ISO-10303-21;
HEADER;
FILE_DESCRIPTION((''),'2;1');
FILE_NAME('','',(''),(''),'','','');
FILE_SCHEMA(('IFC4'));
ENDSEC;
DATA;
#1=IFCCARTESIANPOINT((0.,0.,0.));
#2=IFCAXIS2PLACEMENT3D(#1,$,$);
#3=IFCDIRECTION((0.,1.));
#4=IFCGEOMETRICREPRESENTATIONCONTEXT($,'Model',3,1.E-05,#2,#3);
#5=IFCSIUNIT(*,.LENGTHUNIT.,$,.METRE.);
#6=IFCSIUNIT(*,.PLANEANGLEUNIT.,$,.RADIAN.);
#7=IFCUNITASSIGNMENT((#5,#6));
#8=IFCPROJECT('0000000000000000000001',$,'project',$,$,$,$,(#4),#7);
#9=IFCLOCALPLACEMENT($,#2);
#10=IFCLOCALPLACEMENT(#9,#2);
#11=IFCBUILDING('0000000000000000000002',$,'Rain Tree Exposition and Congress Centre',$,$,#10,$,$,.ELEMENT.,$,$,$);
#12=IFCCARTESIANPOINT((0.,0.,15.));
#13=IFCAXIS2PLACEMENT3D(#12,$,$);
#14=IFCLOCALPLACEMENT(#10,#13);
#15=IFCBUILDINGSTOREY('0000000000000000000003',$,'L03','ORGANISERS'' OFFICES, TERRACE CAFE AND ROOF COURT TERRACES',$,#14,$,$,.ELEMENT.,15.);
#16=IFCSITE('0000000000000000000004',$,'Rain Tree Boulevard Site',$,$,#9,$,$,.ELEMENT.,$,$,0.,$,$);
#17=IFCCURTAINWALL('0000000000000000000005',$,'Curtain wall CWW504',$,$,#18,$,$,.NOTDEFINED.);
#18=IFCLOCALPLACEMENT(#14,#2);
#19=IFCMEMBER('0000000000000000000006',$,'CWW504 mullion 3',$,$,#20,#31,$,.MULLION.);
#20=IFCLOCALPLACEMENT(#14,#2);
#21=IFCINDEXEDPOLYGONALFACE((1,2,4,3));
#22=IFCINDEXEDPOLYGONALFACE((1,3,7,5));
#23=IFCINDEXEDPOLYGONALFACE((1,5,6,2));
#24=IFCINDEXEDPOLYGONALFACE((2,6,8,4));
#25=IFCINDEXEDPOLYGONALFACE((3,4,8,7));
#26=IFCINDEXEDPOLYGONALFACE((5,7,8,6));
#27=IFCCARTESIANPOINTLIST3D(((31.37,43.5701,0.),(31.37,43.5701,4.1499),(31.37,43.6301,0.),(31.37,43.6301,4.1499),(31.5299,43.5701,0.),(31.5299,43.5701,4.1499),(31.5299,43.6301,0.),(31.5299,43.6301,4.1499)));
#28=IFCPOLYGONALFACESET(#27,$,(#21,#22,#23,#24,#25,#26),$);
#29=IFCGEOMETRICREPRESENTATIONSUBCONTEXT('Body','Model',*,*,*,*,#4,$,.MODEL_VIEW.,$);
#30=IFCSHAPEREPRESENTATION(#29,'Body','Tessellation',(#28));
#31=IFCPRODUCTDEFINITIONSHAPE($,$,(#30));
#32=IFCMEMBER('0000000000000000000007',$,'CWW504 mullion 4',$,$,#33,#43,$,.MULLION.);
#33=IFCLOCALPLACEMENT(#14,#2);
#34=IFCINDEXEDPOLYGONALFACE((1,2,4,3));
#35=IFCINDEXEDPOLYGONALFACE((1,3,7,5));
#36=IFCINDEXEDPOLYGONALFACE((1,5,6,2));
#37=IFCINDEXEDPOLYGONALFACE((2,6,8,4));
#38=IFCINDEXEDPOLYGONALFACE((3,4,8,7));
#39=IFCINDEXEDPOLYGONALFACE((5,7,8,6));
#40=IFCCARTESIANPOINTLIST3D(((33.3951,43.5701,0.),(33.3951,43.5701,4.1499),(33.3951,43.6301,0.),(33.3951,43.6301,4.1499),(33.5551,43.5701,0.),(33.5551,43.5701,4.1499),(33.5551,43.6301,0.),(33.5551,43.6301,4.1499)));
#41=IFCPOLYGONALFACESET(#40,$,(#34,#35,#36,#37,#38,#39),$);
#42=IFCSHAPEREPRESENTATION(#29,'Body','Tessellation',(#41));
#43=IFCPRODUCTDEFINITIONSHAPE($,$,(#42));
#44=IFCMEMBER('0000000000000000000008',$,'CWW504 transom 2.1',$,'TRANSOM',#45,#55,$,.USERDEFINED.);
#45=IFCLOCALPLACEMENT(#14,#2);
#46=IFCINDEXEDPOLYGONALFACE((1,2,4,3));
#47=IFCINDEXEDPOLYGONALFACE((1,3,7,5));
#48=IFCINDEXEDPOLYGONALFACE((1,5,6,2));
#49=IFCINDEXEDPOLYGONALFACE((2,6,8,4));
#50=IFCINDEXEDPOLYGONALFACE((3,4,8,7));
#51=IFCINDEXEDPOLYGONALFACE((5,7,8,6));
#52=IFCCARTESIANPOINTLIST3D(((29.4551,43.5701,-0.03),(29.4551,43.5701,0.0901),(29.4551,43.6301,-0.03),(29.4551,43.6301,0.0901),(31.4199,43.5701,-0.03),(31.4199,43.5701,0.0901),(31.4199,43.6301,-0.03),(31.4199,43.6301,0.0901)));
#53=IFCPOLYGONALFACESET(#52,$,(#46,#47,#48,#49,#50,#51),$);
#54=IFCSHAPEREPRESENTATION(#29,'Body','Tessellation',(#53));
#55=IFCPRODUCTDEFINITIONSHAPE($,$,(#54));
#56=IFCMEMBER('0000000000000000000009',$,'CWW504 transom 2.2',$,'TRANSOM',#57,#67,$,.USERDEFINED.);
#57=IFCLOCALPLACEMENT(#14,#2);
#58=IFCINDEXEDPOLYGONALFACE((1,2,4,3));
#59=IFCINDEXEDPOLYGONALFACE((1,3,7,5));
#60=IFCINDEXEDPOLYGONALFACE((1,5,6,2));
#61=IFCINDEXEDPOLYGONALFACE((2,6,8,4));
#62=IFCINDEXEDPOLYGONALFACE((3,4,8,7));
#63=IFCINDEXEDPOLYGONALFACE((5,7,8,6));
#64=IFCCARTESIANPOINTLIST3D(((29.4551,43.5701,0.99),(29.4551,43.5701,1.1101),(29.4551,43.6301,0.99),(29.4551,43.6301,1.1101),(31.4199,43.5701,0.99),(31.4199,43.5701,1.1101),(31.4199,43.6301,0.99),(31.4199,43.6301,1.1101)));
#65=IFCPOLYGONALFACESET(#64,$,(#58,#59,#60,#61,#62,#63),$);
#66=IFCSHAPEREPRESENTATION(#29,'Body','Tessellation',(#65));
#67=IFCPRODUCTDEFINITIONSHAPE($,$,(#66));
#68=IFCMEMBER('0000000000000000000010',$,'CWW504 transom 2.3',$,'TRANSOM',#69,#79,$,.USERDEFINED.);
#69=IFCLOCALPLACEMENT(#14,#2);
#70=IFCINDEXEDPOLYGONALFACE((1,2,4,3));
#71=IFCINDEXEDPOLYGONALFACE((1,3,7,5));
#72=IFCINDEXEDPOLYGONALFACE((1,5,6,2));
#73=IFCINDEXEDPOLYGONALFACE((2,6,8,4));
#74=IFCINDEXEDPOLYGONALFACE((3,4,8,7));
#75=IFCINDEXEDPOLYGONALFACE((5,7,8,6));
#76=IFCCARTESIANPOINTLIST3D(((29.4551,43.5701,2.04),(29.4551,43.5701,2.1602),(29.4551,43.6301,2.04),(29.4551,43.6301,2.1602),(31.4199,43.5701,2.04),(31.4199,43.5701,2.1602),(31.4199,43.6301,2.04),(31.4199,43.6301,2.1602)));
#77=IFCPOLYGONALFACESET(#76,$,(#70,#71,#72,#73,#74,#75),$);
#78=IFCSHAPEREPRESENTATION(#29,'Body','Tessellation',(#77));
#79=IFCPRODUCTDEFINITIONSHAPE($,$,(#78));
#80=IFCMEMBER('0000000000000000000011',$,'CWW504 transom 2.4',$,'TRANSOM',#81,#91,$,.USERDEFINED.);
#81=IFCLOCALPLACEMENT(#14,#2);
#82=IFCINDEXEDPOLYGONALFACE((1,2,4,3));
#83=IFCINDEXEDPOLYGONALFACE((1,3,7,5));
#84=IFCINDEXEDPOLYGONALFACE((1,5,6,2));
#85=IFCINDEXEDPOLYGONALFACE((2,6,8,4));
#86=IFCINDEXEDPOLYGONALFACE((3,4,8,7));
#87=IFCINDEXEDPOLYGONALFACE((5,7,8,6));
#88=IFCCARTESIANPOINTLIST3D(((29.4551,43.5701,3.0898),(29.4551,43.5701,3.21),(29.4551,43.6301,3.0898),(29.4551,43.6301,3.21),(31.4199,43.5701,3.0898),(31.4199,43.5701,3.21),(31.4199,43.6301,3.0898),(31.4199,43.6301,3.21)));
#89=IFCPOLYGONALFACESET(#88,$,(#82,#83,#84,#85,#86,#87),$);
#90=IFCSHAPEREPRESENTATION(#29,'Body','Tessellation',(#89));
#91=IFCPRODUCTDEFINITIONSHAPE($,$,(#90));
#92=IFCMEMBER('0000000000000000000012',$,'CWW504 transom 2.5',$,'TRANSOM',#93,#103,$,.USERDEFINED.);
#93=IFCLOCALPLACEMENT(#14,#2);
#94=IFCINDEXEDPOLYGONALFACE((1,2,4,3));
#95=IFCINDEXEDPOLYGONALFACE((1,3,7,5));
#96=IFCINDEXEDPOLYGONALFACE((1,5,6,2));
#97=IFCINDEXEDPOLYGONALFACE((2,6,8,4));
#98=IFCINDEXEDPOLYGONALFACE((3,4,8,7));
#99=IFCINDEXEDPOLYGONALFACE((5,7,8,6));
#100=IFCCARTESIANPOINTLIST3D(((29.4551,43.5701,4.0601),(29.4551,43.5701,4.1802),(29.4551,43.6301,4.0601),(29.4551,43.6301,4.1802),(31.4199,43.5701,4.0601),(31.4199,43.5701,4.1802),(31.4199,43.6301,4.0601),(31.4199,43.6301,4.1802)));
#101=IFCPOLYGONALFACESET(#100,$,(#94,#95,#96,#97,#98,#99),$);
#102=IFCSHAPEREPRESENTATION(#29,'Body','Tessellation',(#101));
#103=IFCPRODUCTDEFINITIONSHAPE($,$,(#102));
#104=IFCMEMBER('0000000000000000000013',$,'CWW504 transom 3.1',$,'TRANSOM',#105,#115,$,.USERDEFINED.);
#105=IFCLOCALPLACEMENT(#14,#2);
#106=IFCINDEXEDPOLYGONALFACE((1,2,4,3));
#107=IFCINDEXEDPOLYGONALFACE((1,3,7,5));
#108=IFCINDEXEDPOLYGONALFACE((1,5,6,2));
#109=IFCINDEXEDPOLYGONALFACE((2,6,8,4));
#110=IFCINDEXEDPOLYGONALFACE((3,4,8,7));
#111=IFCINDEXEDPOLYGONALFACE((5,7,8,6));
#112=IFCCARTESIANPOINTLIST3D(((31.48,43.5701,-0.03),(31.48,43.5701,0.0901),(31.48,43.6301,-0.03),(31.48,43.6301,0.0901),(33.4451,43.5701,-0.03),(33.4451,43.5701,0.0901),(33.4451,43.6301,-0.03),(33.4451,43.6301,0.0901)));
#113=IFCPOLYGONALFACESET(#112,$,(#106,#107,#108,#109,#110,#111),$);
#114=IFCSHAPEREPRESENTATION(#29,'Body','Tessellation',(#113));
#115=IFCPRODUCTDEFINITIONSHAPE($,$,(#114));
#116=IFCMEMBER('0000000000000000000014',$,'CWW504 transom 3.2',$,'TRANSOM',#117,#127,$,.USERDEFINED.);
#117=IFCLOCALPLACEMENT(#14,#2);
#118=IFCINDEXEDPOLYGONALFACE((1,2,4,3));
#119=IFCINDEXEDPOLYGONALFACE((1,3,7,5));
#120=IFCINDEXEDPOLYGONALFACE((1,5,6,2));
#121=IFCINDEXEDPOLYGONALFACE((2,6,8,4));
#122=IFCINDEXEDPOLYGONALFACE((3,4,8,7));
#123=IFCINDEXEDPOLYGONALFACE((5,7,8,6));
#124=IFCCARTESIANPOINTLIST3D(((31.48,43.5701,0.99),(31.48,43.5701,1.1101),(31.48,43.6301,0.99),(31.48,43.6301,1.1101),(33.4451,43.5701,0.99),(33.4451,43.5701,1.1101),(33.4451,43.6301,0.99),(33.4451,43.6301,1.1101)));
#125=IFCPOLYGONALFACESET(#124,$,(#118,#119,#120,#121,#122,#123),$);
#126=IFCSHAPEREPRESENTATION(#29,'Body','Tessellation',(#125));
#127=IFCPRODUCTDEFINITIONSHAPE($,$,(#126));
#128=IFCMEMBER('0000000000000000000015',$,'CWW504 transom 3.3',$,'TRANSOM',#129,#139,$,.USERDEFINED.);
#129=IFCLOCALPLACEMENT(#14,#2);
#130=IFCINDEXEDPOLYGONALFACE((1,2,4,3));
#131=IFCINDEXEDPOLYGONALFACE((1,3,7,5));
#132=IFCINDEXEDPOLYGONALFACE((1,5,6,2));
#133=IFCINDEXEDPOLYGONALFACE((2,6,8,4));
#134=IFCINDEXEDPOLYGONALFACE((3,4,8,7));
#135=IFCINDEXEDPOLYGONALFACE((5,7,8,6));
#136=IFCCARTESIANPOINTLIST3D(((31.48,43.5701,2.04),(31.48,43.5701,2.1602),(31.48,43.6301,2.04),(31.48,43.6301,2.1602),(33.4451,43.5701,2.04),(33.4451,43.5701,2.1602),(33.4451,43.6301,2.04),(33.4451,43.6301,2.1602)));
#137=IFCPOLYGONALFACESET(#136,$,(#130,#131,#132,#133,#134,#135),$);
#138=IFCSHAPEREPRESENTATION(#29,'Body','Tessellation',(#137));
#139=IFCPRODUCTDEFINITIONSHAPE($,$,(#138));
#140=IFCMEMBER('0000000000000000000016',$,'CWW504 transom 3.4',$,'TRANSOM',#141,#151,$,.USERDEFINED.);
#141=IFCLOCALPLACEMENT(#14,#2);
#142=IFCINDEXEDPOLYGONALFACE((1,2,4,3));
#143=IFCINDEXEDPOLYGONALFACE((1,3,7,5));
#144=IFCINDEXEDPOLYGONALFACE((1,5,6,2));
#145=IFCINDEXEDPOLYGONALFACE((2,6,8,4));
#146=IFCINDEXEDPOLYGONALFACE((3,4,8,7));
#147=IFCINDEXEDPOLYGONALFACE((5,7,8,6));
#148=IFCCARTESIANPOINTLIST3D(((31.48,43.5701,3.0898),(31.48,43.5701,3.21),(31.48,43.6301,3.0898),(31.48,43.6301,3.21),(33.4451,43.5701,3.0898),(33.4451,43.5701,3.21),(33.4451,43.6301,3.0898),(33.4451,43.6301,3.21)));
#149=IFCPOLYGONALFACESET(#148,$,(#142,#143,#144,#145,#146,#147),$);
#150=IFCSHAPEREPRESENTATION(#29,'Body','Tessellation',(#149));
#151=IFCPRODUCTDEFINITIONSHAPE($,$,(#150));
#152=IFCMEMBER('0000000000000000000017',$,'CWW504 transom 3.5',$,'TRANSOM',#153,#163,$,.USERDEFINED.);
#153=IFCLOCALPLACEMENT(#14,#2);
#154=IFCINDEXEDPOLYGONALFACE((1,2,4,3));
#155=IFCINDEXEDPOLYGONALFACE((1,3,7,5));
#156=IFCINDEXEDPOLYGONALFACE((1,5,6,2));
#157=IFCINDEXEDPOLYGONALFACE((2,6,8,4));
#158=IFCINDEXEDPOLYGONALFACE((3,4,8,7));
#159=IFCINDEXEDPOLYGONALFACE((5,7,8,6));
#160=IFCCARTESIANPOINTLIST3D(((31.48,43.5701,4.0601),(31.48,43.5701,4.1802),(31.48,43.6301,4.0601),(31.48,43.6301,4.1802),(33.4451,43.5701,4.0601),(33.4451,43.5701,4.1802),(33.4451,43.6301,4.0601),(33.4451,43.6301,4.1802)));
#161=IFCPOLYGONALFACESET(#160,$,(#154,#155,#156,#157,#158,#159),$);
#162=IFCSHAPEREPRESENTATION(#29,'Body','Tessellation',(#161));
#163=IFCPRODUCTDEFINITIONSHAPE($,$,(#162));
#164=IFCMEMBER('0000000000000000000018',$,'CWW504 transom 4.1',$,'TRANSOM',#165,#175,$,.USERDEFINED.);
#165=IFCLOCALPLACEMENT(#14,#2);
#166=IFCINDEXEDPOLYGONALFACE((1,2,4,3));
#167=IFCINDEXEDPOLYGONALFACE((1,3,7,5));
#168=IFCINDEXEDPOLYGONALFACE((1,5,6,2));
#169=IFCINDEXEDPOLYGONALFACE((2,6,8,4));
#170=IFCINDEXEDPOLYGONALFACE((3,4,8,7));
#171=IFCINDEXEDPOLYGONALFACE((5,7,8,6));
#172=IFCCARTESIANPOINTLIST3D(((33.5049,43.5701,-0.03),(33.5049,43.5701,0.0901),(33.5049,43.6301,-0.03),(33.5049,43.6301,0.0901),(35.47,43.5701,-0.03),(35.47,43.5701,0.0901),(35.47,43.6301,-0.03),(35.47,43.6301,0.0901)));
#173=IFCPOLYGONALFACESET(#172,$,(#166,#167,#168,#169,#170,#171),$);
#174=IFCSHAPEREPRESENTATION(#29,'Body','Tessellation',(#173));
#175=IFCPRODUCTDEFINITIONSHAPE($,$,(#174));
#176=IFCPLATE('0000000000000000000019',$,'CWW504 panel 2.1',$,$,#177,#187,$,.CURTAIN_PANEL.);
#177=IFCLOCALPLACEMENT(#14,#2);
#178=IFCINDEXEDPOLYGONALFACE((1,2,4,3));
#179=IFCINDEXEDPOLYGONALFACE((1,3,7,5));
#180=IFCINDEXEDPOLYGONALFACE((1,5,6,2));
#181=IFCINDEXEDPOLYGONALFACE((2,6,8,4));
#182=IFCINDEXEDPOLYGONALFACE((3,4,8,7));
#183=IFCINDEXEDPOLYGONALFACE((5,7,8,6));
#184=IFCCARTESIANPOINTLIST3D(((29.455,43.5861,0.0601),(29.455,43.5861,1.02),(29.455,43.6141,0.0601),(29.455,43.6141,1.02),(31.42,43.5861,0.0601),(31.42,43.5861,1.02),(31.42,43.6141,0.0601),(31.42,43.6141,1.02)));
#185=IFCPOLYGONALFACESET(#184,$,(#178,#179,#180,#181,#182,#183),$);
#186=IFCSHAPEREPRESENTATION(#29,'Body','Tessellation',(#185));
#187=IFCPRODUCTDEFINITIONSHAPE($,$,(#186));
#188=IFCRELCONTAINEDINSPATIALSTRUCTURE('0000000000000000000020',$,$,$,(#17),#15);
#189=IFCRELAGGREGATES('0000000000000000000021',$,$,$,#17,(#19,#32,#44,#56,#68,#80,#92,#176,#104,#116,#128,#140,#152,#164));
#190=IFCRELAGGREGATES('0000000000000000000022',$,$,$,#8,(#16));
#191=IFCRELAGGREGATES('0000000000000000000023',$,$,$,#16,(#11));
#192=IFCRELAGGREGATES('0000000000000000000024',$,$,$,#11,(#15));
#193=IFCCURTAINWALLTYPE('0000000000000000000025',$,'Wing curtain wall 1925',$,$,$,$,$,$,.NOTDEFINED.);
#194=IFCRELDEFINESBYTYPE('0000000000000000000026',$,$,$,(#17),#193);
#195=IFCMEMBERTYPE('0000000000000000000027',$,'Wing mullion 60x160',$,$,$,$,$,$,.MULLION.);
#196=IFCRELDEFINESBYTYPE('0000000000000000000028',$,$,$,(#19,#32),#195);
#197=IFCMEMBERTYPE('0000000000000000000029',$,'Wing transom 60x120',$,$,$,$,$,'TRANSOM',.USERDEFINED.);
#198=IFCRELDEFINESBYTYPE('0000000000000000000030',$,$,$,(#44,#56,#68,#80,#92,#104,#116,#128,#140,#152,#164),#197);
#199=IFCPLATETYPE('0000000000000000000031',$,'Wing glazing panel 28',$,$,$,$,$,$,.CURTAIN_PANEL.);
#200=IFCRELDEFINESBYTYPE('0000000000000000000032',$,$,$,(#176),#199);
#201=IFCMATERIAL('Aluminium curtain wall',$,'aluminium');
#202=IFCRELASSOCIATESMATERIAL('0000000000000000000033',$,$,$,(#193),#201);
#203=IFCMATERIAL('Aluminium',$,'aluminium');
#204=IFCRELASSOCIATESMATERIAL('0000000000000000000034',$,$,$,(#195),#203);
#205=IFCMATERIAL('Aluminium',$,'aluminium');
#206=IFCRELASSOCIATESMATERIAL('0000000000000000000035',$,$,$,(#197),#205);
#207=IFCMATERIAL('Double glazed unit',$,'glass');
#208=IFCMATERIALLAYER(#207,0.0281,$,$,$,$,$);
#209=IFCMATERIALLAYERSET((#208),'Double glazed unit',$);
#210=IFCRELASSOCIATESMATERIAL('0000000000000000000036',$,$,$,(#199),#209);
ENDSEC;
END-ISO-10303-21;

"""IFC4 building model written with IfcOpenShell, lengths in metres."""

from ifc_helpers import new_model, si_unit, direction, frame, origin, origin_2d, place, context, subcontext, project, spatial, rectangle, extrude, material, layer, layer_set, material_profile, profile_set, type_object, element, aggregate, save


model = new_model("IFC4")

# Units and contexts
model_context = context("Model", 3, precision=1e-05, world=origin(), true_north=direction((0.0, 1.0)))
body_context = subcontext(model_context, "Body", "Model", "MODEL_VIEW")
ifc_project = project(units=[si_unit("LENGTHUNIT", "METRE"), si_unit("PLANEANGLEUNIT", "RADIAN")], contexts=[model_context])

# Site, building, storey
site_placement = place(None, origin())
site = spatial("IfcSite", under=ifc_project, at=site_placement, Name="Rain Tree Boulevard Site", CompositionType="ELEMENT", RefElevation=0.0)
building_placement = place(site_placement, origin())
building = spatial("IfcBuilding", under=site, at=building_placement, Name="Rain Tree Exposition and Congress Centre", CompositionType="ELEMENT")
storey_placement = place(building_placement, frame((0.0, 0.0, 15.0)))
storey = spatial("IfcBuildingStorey", under=building, at=storey_placement, Name="L03", Description="ORGANISERS' OFFICES, TERRACE CAFE AND ROOF COURT TERRACES", CompositionType="ELEMENT", Elevation=15.0)

# Curtain wall, members, plate
ifc_material_1 = material(Name="Aluminium curtain wall", Category="aluminium")
curtain_wall_type = type_object("IfcCurtainWallType", Name="Wing curtain wall 1925", PredefinedType="NOTDEFINED", material=ifc_material_1)
curtain_wall_placement = place(storey_placement, origin())
curtain_wall = element("IfcCurtainWall", 1, at=curtain_wall_placement, inside=storey, type_object=curtain_wall_type, Name="Curtain wall CWW504", PredefinedType="NOTDEFINED")
ifc_material_2 = material(Name="Aluminium", Category="aluminium")
ifc_material_profile_1 = material_profile(ifc_material_2, rectangle(XDim=0.0601, YDim=0.1599, at=origin_2d()), Name="Aluminium 60x160")
ifc_profile_set_1 = profile_set([ifc_material_profile_1], Name="Aluminium")
member_type_1 = type_object("IfcMemberType", Name="Wing mullion 60x160", PredefinedType="MULLION", material=ifc_profile_set_1)
member_1_placement = place(storey_placement, frame((31.45, 43.6001, 0.0), z_axis=(0.0, 0.0, 1.0), x_axis=(0.0, 1.0, 0.0)))
member_1 = element("IfcMember", 2, at=member_1_placement, type_object=member_type_1, Name="CWW504 mullion 3", PredefinedType="MULLION", context=body_context, shape_type="SweptSolid", body=[
    extrude(rectangle(XDim=0.0601, YDim=0.1599, at=origin_2d()), origin(), (0.0, 0.0, 1.0), 4.1499),
])
member_2_placement = place(storey_placement, frame((33.4751, 43.6001, 0.0), z_axis=(0.0, 0.0, 1.0), x_axis=(0.0, 1.0, 0.0)))
member_2 = element("IfcMember", 3, at=member_2_placement, type_object=member_type_1, Name="CWW504 mullion 4", PredefinedType="MULLION", context=body_context, shape_type="SweptSolid", body=[
    extrude(rectangle(XDim=0.0601, YDim=0.1599, at=origin_2d()), origin(), (0.0, 0.0, 1.0), 4.1499),
])
ifc_material_3 = material(Name="Aluminium", Category="aluminium")
ifc_material_profile_2 = material_profile(ifc_material_3, rectangle(XDim=0.0601, YDim=0.1201, at=origin_2d()), Name="Aluminium 60x120")
ifc_profile_set_2 = profile_set([ifc_material_profile_2], Name="Aluminium")
member_type_2 = type_object("IfcMemberType", Name="Wing transom 60x120", ElementType="TRANSOM", PredefinedType="USERDEFINED", material=ifc_profile_set_2)
member_3_placement = place(storey_placement, frame((29.4551, 43.6001, 0.03), z_axis=(1.0, 0.0, 0.0), x_axis=(0.0, 1.0, 0.0)))
member_3 = element("IfcMember", 4, at=member_3_placement, type_object=member_type_2, Name="CWW504 transom 2.1", ObjectType="TRANSOM", PredefinedType="USERDEFINED", context=body_context, shape_type="SweptSolid", body=[
    extrude(rectangle(XDim=0.0601, YDim=0.1201, at=origin_2d()), origin(), (0.0, 0.0, 1.0), 1.9648),
])
member_4_placement = place(storey_placement, frame((29.4551, 43.6001, 1.05), z_axis=(1.0, 0.0, 0.0), x_axis=(0.0, 1.0, 0.0)))
member_4 = element("IfcMember", 5, at=member_4_placement, type_object=member_type_2, Name="CWW504 transom 2.2", ObjectType="TRANSOM", PredefinedType="USERDEFINED", context=body_context, shape_type="SweptSolid", body=[
    extrude(rectangle(XDim=0.0601, YDim=0.1201, at=origin_2d()), origin(), (0.0, 0.0, 1.0), 1.9648),
])
member_5_placement = place(storey_placement, frame((29.4551, 43.6001, 2.1001), z_axis=(1.0, 0.0, 0.0), x_axis=(0.0, 1.0, 0.0)))
member_5 = element("IfcMember", 6, at=member_5_placement, type_object=member_type_2, Name="CWW504 transom 2.3", ObjectType="TRANSOM", PredefinedType="USERDEFINED", context=body_context, shape_type="SweptSolid", body=[
    extrude(rectangle(XDim=0.0601, YDim=0.1201, at=origin_2d()), origin(), (0.0, 0.0, 1.0), 1.9648),
])
member_6_placement = place(storey_placement, frame((29.4551, 43.6001, 3.1499), z_axis=(1.0, 0.0, 0.0), x_axis=(0.0, 1.0, 0.0)))
member_6 = element("IfcMember", 7, at=member_6_placement, type_object=member_type_2, Name="CWW504 transom 2.4", ObjectType="TRANSOM", PredefinedType="USERDEFINED", context=body_context, shape_type="SweptSolid", body=[
    extrude(rectangle(XDim=0.0601, YDim=0.1201, at=origin_2d()), origin(), (0.0, 0.0, 1.0), 1.9648),
])
member_7_placement = place(storey_placement, frame((29.4551, 43.6001, 4.1201), z_axis=(1.0, 0.0, 0.0), x_axis=(0.0, 1.0, 0.0)))
member_7 = element("IfcMember", 8, at=member_7_placement, type_object=member_type_2, Name="CWW504 transom 2.5", ObjectType="TRANSOM", PredefinedType="USERDEFINED", context=body_context, shape_type="SweptSolid", body=[
    extrude(rectangle(XDim=0.0601, YDim=0.1201, at=origin_2d()), origin(), (0.0, 0.0, 1.0), 1.9648),
])
member_8_placement = place(storey_placement, frame((31.48, 43.6001, 0.03), z_axis=(1.0, 0.0, 0.0), x_axis=(0.0, 1.0, 0.0)))
member_8 = element("IfcMember", 9, at=member_8_placement, type_object=member_type_2, Name="CWW504 transom 3.1", ObjectType="TRANSOM", PredefinedType="USERDEFINED", context=body_context, shape_type="SweptSolid", body=[
    extrude(rectangle(XDim=0.0601, YDim=0.1201, at=origin_2d()), origin(), (0.0, 0.0, 1.0), 1.9651),
])
member_9_placement = place(storey_placement, frame((31.48, 43.6001, 1.05), z_axis=(1.0, 0.0, 0.0), x_axis=(0.0, 1.0, 0.0)))
member_9 = element("IfcMember", 10, at=member_9_placement, type_object=member_type_2, Name="CWW504 transom 3.2", ObjectType="TRANSOM", PredefinedType="USERDEFINED", context=body_context, shape_type="SweptSolid", body=[
    extrude(rectangle(XDim=0.0601, YDim=0.1201, at=origin_2d()), origin(), (0.0, 0.0, 1.0), 1.9651),
])
member_10_placement = place(storey_placement, frame((31.48, 43.6001, 2.1001), z_axis=(1.0, 0.0, 0.0), x_axis=(0.0, 1.0, 0.0)))
member_10 = element("IfcMember", 11, at=member_10_placement, type_object=member_type_2, Name="CWW504 transom 3.3", ObjectType="TRANSOM", PredefinedType="USERDEFINED", context=body_context, shape_type="SweptSolid", body=[
    extrude(rectangle(XDim=0.0601, YDim=0.1201, at=origin_2d()), origin(), (0.0, 0.0, 1.0), 1.9651),
])
member_11_placement = place(storey_placement, frame((31.48, 43.6001, 3.1499), z_axis=(1.0, 0.0, 0.0), x_axis=(0.0, 1.0, 0.0)))
member_11 = element("IfcMember", 12, at=member_11_placement, type_object=member_type_2, Name="CWW504 transom 3.4", ObjectType="TRANSOM", PredefinedType="USERDEFINED", context=body_context, shape_type="SweptSolid", body=[
    extrude(rectangle(XDim=0.0601, YDim=0.1201, at=origin_2d()), origin(), (0.0, 0.0, 1.0), 1.9651),
])
member_12_placement = place(storey_placement, frame((31.48, 43.6001, 4.1201), z_axis=(1.0, 0.0, 0.0), x_axis=(0.0, 1.0, 0.0)))
member_12 = element("IfcMember", 13, at=member_12_placement, type_object=member_type_2, Name="CWW504 transom 3.5", ObjectType="TRANSOM", PredefinedType="USERDEFINED", context=body_context, shape_type="SweptSolid", body=[
    extrude(rectangle(XDim=0.0601, YDim=0.1201, at=origin_2d()), origin(), (0.0, 0.0, 1.0), 1.9651),
])
member_13_placement = place(storey_placement, frame((33.5049, 43.6001, 0.03), z_axis=(1.0, 0.0, 0.0), x_axis=(0.0, 1.0, 0.0)))
member_13 = element("IfcMember", 14, at=member_13_placement, type_object=member_type_2, Name="CWW504 transom 4.1", ObjectType="TRANSOM", PredefinedType="USERDEFINED", context=body_context, shape_type="SweptSolid", body=[
    extrude(rectangle(XDim=0.0601, YDim=0.1201, at=origin_2d()), origin(), (0.0, 0.0, 1.0), 1.9651),
])
ifc_material_4 = material(Name="Double glazed unit", Category="glass")
ifc_layer = layer(ifc_material_4, 0.0281)
ifc_layer_set = layer_set([ifc_layer], Name="Double glazed unit")
plate_type = type_object("IfcPlateType", Name="Wing glazing panel 28", PredefinedType="CURTAIN_PANEL", material=ifc_layer_set)
plate_1_placement = place(storey_placement, frame((30.4375, 43.6001, 0.0601), z_axis=(0.0, 0.0, 1.0), x_axis=(1.0, 0.0, 0.0)))
plate_1 = element("IfcPlate", 15, at=plate_1_placement, type_object=plate_type, Name="CWW504 panel 2.1", PredefinedType="CURTAIN_PANEL", context=body_context, shape_type="SweptSolid", body=[
    extrude(rectangle(XDim=1.9651, YDim=0.0281, at=origin_2d()), origin(), (0.0, 0.0, 1.0), 0.96),
])
aggregate(curtain_wall, [member_1, member_2, member_3, member_4, member_5, member_6, member_7, plate_1, member_8, member_9, member_10, member_11, member_12, member_13])

save(model, "model.ifc")
